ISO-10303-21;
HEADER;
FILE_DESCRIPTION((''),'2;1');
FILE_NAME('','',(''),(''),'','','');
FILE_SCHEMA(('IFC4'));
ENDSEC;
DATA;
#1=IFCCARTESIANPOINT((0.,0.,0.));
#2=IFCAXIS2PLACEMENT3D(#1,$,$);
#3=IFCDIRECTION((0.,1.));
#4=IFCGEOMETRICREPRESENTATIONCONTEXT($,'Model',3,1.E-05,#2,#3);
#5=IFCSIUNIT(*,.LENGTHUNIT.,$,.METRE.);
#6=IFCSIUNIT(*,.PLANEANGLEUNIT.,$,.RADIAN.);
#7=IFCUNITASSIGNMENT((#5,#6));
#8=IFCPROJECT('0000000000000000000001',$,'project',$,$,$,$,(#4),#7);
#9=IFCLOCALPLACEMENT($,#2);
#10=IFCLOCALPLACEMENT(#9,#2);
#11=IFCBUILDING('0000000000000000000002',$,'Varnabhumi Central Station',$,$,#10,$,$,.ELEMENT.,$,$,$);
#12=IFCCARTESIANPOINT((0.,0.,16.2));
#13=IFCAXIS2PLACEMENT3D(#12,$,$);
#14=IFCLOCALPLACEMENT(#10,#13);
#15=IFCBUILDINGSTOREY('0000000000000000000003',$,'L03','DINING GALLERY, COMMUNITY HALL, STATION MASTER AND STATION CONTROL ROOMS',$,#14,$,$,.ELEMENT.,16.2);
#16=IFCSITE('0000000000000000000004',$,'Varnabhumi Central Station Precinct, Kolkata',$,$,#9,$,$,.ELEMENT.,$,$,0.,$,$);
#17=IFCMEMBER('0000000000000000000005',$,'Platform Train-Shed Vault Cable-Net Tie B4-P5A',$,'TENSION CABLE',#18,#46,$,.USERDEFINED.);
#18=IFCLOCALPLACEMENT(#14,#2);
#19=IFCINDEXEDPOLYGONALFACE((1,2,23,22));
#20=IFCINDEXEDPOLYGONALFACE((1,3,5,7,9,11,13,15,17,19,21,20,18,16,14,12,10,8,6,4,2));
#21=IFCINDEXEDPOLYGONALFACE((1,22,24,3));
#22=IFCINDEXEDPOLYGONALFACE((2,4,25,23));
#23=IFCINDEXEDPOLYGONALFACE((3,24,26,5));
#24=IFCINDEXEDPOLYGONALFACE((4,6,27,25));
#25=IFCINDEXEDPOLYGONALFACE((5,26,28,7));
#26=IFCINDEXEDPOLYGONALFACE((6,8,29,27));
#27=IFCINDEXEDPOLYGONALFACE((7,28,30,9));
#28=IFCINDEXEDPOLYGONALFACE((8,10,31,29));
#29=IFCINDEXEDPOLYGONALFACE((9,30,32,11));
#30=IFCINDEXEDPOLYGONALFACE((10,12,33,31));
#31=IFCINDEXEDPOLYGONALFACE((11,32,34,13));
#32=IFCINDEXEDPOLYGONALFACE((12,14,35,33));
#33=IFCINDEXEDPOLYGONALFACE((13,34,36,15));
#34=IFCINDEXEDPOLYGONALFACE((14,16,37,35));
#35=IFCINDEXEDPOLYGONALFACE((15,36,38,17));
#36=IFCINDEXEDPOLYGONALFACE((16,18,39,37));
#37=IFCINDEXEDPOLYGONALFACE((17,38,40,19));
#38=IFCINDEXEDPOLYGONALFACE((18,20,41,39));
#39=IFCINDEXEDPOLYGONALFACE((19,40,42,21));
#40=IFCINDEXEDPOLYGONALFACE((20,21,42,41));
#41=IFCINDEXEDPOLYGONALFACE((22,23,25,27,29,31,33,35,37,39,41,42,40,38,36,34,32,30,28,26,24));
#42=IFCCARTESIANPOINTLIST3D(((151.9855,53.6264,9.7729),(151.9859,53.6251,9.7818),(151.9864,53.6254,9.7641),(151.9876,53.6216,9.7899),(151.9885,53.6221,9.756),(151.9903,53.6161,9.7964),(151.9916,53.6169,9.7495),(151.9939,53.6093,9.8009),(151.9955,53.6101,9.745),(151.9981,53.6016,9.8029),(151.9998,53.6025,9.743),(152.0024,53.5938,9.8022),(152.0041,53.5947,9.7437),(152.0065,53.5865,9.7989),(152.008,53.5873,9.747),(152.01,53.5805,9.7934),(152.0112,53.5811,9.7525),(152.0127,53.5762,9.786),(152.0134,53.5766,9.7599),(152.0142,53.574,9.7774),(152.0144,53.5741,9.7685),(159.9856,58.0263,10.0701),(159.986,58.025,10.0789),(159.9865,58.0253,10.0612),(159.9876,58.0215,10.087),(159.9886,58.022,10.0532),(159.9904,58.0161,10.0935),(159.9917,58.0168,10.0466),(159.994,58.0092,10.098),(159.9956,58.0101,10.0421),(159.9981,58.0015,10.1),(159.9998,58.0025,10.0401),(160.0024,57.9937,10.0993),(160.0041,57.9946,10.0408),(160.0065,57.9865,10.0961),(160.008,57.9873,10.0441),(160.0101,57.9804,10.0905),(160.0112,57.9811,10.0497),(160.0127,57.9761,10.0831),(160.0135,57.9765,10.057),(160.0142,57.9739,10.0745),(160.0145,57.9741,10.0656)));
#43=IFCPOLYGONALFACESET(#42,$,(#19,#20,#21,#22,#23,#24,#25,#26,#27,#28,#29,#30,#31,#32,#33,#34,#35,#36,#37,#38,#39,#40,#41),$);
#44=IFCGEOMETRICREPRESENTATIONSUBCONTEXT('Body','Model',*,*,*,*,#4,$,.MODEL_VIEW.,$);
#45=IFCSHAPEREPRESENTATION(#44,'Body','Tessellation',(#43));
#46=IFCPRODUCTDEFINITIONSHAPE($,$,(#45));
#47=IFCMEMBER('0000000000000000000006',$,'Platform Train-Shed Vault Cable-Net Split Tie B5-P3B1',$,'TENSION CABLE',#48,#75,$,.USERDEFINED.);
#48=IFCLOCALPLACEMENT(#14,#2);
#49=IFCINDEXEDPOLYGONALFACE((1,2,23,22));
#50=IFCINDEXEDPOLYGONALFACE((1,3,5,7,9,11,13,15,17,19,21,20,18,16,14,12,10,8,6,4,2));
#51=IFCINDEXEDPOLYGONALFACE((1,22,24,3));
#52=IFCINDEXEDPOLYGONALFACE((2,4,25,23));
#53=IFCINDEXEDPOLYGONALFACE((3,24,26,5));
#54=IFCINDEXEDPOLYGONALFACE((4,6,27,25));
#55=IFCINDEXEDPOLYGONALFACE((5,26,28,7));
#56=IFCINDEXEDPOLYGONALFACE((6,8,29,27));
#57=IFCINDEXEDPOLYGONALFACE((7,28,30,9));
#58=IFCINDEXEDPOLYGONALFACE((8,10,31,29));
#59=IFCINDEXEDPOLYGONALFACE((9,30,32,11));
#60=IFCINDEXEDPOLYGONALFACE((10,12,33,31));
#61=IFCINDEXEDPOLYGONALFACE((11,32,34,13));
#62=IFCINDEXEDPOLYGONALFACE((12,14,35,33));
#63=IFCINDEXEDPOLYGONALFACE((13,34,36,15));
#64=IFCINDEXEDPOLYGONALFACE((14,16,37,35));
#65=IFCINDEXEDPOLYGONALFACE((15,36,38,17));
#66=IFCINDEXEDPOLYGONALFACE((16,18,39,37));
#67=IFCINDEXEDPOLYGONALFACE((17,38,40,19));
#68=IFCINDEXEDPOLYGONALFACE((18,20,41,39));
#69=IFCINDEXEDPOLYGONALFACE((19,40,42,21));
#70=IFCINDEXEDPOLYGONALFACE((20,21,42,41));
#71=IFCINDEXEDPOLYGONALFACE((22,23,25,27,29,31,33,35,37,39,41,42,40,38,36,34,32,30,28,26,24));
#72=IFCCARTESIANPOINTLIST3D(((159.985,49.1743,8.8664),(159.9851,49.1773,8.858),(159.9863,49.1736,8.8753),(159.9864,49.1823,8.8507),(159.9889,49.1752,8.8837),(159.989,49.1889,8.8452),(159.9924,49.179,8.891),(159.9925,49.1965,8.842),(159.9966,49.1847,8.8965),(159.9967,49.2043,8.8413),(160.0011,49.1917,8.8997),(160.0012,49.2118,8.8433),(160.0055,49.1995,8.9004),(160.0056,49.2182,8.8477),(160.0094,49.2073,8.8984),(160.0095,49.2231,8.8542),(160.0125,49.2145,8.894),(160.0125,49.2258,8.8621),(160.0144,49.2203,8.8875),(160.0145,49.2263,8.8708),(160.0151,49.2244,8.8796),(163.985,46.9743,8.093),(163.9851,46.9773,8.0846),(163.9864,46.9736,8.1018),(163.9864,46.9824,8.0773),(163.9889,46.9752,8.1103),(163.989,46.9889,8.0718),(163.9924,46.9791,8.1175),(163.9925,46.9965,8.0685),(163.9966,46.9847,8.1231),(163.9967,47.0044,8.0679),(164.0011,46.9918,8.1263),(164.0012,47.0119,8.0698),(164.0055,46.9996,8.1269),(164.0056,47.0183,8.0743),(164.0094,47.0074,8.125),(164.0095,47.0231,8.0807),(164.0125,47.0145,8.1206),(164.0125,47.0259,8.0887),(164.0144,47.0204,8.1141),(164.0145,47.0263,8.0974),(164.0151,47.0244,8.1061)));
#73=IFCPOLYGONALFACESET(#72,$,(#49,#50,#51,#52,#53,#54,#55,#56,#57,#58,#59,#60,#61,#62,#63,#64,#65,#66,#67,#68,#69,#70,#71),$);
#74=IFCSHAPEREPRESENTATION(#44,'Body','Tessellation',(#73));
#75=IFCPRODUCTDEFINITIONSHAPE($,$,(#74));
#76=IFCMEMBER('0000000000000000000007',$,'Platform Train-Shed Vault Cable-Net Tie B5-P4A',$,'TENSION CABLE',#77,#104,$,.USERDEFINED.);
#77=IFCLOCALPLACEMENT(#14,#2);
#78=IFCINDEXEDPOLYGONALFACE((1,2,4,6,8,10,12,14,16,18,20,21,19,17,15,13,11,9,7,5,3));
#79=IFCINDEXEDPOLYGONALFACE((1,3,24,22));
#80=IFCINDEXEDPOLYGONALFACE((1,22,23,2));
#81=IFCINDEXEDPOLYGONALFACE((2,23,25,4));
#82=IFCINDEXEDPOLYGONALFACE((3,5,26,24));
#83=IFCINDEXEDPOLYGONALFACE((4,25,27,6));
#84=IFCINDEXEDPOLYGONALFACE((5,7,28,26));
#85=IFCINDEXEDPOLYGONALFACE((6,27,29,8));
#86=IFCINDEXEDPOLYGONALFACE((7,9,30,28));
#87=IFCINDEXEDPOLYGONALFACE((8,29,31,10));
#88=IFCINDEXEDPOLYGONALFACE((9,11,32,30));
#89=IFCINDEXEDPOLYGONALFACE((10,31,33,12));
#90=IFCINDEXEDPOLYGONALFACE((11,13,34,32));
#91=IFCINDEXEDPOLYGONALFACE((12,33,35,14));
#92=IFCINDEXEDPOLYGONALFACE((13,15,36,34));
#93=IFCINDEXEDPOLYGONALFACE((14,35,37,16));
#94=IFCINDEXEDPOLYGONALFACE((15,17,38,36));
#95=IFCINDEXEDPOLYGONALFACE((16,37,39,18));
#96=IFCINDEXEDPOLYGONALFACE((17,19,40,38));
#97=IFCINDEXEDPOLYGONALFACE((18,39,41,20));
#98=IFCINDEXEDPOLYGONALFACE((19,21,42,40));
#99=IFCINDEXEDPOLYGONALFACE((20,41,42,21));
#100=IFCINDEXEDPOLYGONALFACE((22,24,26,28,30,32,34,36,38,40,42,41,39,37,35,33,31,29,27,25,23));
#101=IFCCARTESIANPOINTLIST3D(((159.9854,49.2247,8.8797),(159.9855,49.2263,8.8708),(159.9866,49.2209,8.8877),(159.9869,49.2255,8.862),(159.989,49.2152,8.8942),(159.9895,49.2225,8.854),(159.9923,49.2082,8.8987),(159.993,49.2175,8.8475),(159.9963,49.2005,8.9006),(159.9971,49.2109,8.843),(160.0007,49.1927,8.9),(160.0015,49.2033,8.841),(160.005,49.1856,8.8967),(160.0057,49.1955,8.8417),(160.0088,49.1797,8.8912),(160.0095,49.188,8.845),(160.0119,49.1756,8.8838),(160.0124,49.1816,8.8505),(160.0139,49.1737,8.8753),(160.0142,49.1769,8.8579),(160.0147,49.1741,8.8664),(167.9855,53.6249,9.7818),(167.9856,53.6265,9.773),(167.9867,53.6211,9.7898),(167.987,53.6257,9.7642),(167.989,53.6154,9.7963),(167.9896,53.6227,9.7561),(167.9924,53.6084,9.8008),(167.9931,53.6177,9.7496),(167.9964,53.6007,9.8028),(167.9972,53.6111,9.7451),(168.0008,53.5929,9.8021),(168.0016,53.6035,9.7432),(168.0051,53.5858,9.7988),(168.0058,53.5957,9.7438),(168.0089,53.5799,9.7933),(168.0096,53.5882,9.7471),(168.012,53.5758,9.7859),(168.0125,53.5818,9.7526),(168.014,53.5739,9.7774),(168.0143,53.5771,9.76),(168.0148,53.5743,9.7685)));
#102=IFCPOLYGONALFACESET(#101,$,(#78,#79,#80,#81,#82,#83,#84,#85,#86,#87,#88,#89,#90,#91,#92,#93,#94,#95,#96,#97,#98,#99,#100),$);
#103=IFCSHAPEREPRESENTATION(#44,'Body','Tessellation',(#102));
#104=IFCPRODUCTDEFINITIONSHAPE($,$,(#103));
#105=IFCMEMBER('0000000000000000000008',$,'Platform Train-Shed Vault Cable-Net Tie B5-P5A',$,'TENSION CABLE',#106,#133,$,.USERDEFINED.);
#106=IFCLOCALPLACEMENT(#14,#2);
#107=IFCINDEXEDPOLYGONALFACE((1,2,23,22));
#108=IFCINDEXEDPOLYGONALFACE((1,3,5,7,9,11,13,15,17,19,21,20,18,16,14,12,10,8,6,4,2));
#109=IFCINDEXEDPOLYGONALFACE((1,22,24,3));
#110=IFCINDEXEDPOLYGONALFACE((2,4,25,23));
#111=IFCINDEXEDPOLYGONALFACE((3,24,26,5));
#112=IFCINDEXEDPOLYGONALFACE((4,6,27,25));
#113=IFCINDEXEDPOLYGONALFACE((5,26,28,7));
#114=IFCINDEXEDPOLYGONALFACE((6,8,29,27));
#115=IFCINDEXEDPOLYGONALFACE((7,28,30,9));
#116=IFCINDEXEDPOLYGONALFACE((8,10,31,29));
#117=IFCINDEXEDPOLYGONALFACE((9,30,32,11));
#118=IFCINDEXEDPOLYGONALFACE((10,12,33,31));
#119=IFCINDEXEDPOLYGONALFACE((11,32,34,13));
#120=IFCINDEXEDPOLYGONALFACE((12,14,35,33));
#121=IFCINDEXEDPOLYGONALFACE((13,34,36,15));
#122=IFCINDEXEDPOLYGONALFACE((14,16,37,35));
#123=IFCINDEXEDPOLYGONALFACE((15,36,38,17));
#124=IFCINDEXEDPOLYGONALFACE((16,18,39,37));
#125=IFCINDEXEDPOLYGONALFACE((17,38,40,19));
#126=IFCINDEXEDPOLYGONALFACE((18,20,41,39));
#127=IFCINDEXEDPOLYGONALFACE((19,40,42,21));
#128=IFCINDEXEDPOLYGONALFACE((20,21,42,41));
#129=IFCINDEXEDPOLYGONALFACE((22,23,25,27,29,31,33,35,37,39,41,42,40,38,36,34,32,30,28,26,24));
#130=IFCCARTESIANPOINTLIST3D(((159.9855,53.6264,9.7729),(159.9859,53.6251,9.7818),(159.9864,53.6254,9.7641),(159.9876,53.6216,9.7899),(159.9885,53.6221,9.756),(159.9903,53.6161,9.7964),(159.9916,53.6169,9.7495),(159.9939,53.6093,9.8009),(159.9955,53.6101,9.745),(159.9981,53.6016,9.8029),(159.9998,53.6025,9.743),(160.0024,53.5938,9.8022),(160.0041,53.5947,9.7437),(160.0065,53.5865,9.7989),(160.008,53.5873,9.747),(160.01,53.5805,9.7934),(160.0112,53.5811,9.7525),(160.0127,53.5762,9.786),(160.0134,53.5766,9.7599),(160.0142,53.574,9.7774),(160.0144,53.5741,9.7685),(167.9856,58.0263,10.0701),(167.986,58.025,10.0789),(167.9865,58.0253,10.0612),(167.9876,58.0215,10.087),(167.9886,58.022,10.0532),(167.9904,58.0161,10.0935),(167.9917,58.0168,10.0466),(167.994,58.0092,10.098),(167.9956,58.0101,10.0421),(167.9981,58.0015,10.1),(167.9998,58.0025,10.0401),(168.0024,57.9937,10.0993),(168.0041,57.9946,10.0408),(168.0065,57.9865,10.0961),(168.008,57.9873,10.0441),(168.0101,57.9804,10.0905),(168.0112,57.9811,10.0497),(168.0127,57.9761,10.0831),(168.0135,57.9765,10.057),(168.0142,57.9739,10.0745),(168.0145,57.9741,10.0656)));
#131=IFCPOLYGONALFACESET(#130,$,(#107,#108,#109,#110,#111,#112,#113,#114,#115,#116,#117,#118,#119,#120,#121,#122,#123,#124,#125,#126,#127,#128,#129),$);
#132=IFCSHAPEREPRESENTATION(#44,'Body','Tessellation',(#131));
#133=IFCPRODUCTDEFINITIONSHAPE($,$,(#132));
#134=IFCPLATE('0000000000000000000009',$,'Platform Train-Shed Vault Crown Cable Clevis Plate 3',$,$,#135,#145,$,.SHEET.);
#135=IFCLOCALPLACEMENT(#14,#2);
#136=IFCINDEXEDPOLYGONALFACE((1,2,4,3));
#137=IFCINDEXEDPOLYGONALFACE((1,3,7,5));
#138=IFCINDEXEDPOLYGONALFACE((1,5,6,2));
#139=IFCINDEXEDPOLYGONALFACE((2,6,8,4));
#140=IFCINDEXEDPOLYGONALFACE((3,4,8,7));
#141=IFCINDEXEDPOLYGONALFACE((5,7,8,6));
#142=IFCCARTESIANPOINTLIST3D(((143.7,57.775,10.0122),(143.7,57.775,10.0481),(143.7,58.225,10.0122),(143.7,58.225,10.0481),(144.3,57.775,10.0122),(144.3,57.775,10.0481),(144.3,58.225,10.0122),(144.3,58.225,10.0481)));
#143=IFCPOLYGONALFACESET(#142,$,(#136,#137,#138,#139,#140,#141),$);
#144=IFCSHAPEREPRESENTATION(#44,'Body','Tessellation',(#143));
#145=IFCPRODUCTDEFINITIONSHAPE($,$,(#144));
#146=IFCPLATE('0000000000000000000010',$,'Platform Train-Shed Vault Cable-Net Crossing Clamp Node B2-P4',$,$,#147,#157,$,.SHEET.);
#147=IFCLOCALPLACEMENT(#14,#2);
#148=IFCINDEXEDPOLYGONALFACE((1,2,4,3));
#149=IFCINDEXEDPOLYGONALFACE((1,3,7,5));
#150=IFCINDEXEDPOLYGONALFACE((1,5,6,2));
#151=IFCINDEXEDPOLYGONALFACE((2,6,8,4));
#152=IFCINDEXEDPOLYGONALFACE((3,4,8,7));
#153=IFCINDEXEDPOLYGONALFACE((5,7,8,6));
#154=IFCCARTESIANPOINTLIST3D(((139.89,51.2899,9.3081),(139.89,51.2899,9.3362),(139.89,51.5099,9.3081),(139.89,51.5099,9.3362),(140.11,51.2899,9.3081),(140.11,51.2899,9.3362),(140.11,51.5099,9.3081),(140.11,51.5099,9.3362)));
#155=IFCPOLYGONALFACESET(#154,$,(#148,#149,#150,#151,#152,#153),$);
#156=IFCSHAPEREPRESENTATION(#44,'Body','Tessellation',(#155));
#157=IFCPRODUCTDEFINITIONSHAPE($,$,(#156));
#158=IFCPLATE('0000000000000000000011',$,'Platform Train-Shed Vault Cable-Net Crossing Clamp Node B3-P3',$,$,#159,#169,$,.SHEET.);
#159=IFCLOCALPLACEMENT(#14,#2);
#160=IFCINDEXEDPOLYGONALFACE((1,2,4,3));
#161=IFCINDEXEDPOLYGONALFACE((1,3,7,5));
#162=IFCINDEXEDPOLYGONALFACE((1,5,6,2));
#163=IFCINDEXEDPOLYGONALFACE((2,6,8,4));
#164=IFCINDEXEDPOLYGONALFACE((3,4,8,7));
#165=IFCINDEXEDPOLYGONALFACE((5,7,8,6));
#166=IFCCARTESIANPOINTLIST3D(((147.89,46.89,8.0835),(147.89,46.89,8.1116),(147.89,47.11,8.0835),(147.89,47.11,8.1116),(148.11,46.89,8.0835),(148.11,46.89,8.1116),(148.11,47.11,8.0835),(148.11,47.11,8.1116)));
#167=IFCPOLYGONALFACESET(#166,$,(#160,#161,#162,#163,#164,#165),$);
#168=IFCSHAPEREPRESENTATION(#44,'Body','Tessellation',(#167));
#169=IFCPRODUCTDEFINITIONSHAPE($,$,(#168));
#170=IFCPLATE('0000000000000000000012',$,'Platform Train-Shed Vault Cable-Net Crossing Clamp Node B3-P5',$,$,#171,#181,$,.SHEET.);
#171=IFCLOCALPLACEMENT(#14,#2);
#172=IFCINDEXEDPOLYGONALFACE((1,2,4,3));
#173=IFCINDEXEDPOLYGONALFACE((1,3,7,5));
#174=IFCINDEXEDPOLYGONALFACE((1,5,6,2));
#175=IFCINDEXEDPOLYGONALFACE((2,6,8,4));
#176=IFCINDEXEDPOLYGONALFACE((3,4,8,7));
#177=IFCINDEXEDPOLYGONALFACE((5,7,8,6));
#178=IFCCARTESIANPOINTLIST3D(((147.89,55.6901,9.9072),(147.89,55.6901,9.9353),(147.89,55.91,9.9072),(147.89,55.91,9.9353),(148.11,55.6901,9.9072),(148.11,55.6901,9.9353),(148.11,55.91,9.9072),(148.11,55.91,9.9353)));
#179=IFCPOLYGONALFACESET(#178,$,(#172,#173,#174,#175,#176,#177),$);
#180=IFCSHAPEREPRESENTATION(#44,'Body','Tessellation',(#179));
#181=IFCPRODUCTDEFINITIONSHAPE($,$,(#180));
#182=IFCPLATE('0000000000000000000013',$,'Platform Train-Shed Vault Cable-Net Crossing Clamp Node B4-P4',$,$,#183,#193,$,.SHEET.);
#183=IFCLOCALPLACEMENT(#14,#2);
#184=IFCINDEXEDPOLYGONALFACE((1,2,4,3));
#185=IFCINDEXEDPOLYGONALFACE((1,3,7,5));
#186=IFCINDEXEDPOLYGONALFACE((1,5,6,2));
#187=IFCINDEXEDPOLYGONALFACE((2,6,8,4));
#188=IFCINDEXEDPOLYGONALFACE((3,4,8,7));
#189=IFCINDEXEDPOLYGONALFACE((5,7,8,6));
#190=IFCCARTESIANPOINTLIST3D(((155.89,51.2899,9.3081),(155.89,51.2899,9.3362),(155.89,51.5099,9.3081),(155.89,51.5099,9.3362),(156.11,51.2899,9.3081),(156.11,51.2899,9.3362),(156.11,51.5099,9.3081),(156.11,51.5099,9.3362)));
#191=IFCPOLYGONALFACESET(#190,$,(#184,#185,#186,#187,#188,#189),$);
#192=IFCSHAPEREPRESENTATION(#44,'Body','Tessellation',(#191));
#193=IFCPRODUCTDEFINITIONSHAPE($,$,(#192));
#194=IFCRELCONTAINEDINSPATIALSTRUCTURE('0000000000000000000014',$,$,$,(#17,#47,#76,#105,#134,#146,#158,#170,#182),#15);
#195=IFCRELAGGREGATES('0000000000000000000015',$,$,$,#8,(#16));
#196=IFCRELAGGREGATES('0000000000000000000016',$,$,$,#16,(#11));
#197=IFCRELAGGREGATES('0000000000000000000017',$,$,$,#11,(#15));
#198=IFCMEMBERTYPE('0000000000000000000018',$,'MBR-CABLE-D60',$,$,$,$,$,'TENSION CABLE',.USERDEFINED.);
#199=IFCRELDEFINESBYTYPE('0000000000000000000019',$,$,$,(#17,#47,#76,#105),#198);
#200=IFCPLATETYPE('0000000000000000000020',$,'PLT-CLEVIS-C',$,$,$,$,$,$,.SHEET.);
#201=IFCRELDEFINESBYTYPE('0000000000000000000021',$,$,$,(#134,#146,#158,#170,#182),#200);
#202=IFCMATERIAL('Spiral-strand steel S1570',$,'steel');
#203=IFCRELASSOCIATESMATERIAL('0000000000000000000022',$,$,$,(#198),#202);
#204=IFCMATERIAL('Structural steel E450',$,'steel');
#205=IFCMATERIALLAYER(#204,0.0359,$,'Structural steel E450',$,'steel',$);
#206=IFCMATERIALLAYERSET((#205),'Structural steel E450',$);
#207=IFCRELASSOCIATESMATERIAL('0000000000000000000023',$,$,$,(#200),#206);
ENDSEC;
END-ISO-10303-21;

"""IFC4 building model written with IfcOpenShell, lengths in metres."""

from ifc_helpers import new_model, si_unit, direction, frame, origin, origin_2d, place, context, subcontext, project, spatial, rectangle, circle, extrude, material, layer, layer_set, material_profile, profile_set, type_object, element, save


model = new_model("IFC4")

# Units and contexts
model_context = context("Model", 3, precision=1e-05, world=origin(), true_north=direction((0.0, 1.0)))
body_context = subcontext(model_context, "Body", "Model", "MODEL_VIEW")
ifc_project = project(units=[si_unit("LENGTHUNIT", "METRE"), si_unit("PLANEANGLEUNIT", "RADIAN")], contexts=[model_context])

# Site, building, storey
site_placement = place(None, origin())
site = spatial("IfcSite", under=ifc_project, at=site_placement, Name="Varnabhumi Central Station Precinct, Kolkata", CompositionType="ELEMENT", RefElevation=0.0)
building_placement = place(site_placement, origin())
building = spatial("IfcBuilding", under=site, at=building_placement, Name="Varnabhumi Central Station", CompositionType="ELEMENT")
storey_placement = place(building_placement, frame((0.0, 0.0, 16.2)))
storey = spatial("IfcBuildingStorey", under=building, at=storey_placement, Name="L03", Description="DINING GALLERY, COMMUNITY HALL, STATION MASTER AND STATION CONTROL ROOMS", CompositionType="ELEMENT", Elevation=16.2)

# Shared definitions
ifc_material_1 = material(Name="Structural steel E450", Category="steel")

# Members
ifc_material_2 = material(Name="Spiral-strand steel S1570", Category="steel")
ifc_material_profile_1 = material_profile(ifc_material_2, circle(Radius=0.03, at=origin_2d()), Name="Spiral-strand steel S1570", Category="steel")
ifc_profile_set_1 = profile_set([ifc_material_profile_1], Name="Spiral-strand steel S1570")
member_type = type_object("IfcMemberType", Name="MBR-CABLE-D60", ElementType="TENSION CABLE", PredefinedType="USERDEFINED", material=ifc_profile_set_1)
member_1_placement = place(storey_placement, frame((152.0, 53.6001, 9.7729), z_axis=(0.875757, 0.481656, 0.032526), x_axis=(-0.481911, 0.87622, 0.0)))
element("IfcMember", 1, at=member_1_placement, inside=storey, type_object=member_type, Name="Platform Train-Shed Vault Cable-Net Tie B4-P5A", ObjectType="TENSION CABLE", PredefinedType="USERDEFINED", context=body_context, shape_type="SweptSolid", body=[
    extrude(circle(Radius=0.03, at=origin_2d()), origin(), (0.0, 0.0, 1.0), 9.135),
])
member_2_placement = place(storey_placement, frame((160.0, 49.2, 8.8708), z_axis=(0.863909, -0.475139, -0.167045), x_axis=(0.481911, 0.87622, 0.0)))
element("IfcMember", 2, at=member_2_placement, inside=storey, type_object=member_type, Name="Platform Train-Shed Vault Cable-Net Split Tie B5-P3B1", ObjectType="TENSION CABLE", PredefinedType="USERDEFINED", context=body_context, shape_type="SweptSolid", body=[
    extrude(circle(Radius=0.03, at=origin_2d()), origin(), (0.0, 0.0, 1.0), 4.6301),
])
member_3_placement = place(storey_placement, frame((160.0, 49.2, 8.8708), z_axis=(0.871963, 0.479596, 0.098325), x_axis=(-0.481931, 0.876209, 0.0)))
element("IfcMember", 3, at=member_3_placement, inside=storey, type_object=member_type, Name="Platform Train-Shed Vault Cable-Net Tie B5-P4A", ObjectType="TENSION CABLE", PredefinedType="USERDEFINED", context=body_context, shape_type="SweptSolid", body=[
    extrude(circle(Radius=0.03, at=origin_2d()), origin(), (0.0, 0.0, 1.0), 9.1748),
])
member_4_placement = place(storey_placement, frame((160.0, 53.6001, 9.7729), z_axis=(0.875757, 0.481656, 0.032526), x_axis=(-0.481911, 0.87622, 0.0)))
element("IfcMember", 4, at=member_4_placement, inside=storey, type_object=member_type, Name="Platform Train-Shed Vault Cable-Net Tie B5-P5A", ObjectType="TENSION CABLE", PredefinedType="USERDEFINED", context=body_context, shape_type="SweptSolid", body=[
    extrude(circle(Radius=0.03, at=origin_2d()), origin(), (0.0, 0.0, 1.0), 9.135),
])

# Plates
ifc_layer = layer(ifc_material_1, 0.0359, Name="Structural steel E450", Category="steel")
ifc_layer_set = layer_set([ifc_layer], Name="Structural steel E450")
plate_type = type_object("IfcPlateType", Name="PLT-CLEVIS-C", PredefinedType="SHEET", material=ifc_layer_set)
plate_placement = place(storey_placement, frame((144.0, 58.0, 10.0122), z_axis=(0.0, 0.0, 1.0), x_axis=(1.0, 0.0, 0.0)))
element("IfcPlate", 5, at=plate_placement, inside=storey, type_object=plate_type, Name="Platform Train-Shed Vault Crown Cable Clevis Plate 3", PredefinedType="SHEET", context=body_context, shape_type="SweptSolid", body=[
    extrude(rectangle(XDim=0.6001, YDim=0.45, at=origin_2d()), origin(), (0.0, 0.0, 1.0), 0.0359),
])
for number, where, z_axis, x_axis, name in (
    (6, (140.0, 51.3999, 9.3081), (0.0, 0.0, 1.0), (1.0, 0.0, 0.0), "Platform Train-Shed Vault Cable-Net Crossing Clamp Node B2-P4"),
    (7, (148.0, 47.0, 8.0835), (0.0, 0.0, 1.0), (1.0, 0.0, 0.0), "Platform Train-Shed Vault Cable-Net Crossing Clamp Node B3-P3"),
    (8, (148.0, 55.8, 9.9072), (0.0, 0.0, 1.0), (1.0, 0.0, 0.0), "Platform Train-Shed Vault Cable-Net Crossing Clamp Node B3-P5"),
    (9, (156.0, 51.3999, 9.3081), (0.0, 0.0, 1.0), (1.0, 0.0, 0.0), "Platform Train-Shed Vault Cable-Net Crossing Clamp Node B4-P4"),
):
    element("IfcPlate", number, at=place(storey_placement, frame(where, z_axis=z_axis, x_axis=x_axis)), inside=storey, type_object=plate_type, Name=name, PredefinedType="SHEET", context=body_context, shape_type="SweptSolid", body=[
        extrude(rectangle(XDim=0.22, YDim=0.22, at=origin_2d()), origin(), (0.0, 0.0, 1.0), 0.0281),
    ])

save(model, "model.ifc")
